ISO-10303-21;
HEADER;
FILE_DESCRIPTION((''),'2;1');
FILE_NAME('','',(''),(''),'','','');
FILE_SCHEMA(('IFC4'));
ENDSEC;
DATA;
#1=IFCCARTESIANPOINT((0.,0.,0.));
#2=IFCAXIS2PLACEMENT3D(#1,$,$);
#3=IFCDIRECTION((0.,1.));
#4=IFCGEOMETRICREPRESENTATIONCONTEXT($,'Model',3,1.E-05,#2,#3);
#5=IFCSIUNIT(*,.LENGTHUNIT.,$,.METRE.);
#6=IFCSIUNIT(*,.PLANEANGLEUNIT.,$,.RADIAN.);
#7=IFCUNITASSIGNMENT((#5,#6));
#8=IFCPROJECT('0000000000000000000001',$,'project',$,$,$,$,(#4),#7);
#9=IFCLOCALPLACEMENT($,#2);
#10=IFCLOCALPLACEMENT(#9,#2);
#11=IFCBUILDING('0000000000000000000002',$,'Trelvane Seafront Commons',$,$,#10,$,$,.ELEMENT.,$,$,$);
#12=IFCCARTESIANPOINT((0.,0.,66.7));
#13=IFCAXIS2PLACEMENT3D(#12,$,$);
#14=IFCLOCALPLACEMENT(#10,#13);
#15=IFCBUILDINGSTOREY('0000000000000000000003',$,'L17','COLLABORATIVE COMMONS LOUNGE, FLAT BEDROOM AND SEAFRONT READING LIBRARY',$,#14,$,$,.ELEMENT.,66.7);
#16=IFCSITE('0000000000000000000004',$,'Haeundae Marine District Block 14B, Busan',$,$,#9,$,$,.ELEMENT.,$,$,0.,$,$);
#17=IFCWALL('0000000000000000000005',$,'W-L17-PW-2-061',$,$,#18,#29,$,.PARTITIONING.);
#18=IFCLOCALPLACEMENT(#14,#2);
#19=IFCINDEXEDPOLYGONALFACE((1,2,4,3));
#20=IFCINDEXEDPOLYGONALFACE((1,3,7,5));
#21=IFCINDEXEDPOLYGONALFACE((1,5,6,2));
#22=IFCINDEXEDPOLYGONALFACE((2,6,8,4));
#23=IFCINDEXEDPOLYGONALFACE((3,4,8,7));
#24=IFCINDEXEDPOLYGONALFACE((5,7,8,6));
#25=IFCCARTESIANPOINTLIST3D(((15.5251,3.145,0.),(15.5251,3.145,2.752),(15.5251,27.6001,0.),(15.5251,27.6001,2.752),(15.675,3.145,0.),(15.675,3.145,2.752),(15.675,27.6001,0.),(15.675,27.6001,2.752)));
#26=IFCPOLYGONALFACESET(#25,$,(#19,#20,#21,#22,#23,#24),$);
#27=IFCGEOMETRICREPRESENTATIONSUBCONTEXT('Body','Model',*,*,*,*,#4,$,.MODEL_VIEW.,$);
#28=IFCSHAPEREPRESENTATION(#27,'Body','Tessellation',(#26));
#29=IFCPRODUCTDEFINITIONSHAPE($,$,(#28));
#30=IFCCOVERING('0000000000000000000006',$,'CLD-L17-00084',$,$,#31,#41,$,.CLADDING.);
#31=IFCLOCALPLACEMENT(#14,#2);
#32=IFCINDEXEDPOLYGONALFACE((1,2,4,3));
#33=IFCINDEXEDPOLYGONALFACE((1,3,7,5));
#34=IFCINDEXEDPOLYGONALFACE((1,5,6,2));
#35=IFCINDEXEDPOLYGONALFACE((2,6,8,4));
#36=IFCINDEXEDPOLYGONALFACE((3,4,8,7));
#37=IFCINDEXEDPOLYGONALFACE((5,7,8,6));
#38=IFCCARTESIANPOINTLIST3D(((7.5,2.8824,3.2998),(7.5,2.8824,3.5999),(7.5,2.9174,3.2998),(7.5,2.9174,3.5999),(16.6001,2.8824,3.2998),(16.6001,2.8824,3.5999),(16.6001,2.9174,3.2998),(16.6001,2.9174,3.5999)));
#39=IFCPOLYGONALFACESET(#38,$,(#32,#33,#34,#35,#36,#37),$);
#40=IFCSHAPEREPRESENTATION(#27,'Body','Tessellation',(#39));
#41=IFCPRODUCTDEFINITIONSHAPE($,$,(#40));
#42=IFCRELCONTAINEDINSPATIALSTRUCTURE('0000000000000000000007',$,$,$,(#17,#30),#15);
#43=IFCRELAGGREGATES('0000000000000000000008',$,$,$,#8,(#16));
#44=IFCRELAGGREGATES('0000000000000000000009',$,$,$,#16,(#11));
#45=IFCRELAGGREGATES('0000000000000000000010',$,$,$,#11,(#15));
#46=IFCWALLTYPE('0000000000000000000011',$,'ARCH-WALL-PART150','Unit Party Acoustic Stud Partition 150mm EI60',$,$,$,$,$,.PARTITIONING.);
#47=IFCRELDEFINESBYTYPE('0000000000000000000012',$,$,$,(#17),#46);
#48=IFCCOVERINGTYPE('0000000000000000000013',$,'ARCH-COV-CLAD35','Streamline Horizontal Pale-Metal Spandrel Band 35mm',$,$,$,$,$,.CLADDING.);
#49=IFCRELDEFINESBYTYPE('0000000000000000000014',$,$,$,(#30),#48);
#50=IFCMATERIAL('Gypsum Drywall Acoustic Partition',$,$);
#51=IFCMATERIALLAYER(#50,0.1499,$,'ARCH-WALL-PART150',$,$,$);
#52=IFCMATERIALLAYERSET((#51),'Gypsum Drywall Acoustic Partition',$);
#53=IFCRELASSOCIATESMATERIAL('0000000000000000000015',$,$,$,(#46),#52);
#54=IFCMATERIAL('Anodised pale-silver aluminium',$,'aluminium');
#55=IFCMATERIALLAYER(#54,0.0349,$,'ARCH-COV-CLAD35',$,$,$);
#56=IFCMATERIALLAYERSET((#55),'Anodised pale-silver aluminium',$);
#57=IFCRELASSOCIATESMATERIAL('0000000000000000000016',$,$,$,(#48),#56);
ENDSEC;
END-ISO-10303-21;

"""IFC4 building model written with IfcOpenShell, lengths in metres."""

from ifc_helpers import new_model, si_unit, direction, frame, frame_2d, origin, origin_2d, place, context, subcontext, project, spatial, rectangle, extrude, source, transform, mapped, material, layer, layer_set, type_object, element, save


model = new_model("IFC4")

# Units and contexts
model_context = context("Model", 3, precision=1e-05, world=origin(), true_north=direction((0.0, 1.0)))
body_context = subcontext(model_context, "Body", "Model", "MODEL_VIEW")
ifc_project = project(units=[si_unit("LENGTHUNIT", "METRE"), si_unit("PLANEANGLEUNIT", "RADIAN")], contexts=[model_context])

# Site, building, storey
site_placement = place(None, origin())
site = spatial("IfcSite", under=ifc_project, at=site_placement, Name="Haeundae Marine District Block 14B, Busan", CompositionType="ELEMENT", RefElevation=0.0)
building_placement = place(site_placement, origin())
building = spatial("IfcBuilding", under=site, at=building_placement, Name="Trelvane Seafront Commons", CompositionType="ELEMENT")
storey_placement = place(building_placement, frame((0.0, 0.0, 66.7)))
storey = spatial("IfcBuildingStorey", under=building, at=storey_placement, Name="L17", Description="COLLABORATIVE COMMONS LOUNGE, FLAT BEDROOM AND SEAFRONT READING LIBRARY", CompositionType="ELEMENT", Elevation=66.7)

# Shared definitions
ifc_material_1 = material(Name="Anodised pale-silver aluminium", Category="aluminium")

# Wall
ifc_material_2 = material(Name="Gypsum Drywall Acoustic Partition")
ifc_layer_1 = layer(ifc_material_2, 0.1499, Name="ARCH-WALL-PART150")
ifc_layer_set_1 = layer_set([ifc_layer_1], Name="Gypsum Drywall Acoustic Partition")
wall_type_1 = type_object("IfcWallType", Name="ARCH-WALL-PART150", Description="Unit Party Acoustic Stud Partition 150mm EI60", PredefinedType="PARTITIONING", material=ifc_layer_set_1)
for number, where, z_axis, x_axis, name in (
    (1, (15.6001, 3.145, 0.0), (0.0, 0.0, 1.0), (0.0, 1.0, 0.0), "W-L17-PW-2-061"),
):
    element("IfcWall", number, at=place(storey_placement, frame(where, z_axis=z_axis, x_axis=x_axis)), inside=storey, type_object=wall_type_1, Name=name, PredefinedType="PARTITIONING", context=body_context, shape_type="SweptSolid", body=[
        extrude(rectangle(XDim=24.4551, YDim=0.1499, at=frame_2d((12.2275, 0.0))), origin(), (0.0, 0.0, 1.0), 2.752),
    ])

# Covering
ifc_layer_2 = layer(ifc_material_1, 0.0349, Name="ARCH-COV-CLAD35")
ifc_layer_set_2 = layer_set([ifc_layer_2], Name="Anodised pale-silver aluminium")
covering_type = type_object("IfcCoveringType", Name="ARCH-COV-CLAD35", Description="Streamline Horizontal Pale-Metal Spandrel Band 35mm", PredefinedType="CLADDING", material=ifc_layer_set_2)
shared_shape_1 = source(origin(), body_context, "Body", "SweptSolid", [
    extrude(rectangle(XDim=9.1001, YDim=0.0349, at=origin_2d()), origin(), (0.0, 0.0, 1.0), 0.3),
])
covering_placement = place(storey_placement, frame((12.05, 2.8999, 3.2998), z_axis=(0.0, 0.0, 1.0), x_axis=(-1.0, 0.0, 0.0)))
element("IfcCovering", 2, at=covering_placement, inside=storey, type_object=covering_type, Name="CLD-L17-00084", PredefinedType="CLADDING", context=body_context, shape_type="MappedRepresentation", body=[
    mapped(shared_shape_1, transform((0.0, 0.0, 0.0), x_axis=(1.0, 0.0, 0.0), y_axis=(0.0, 1.0, 0.0), z_axis=(0.0, 0.0, 1.0), scale=1.0)),
])

save(model, "model.ifc")
